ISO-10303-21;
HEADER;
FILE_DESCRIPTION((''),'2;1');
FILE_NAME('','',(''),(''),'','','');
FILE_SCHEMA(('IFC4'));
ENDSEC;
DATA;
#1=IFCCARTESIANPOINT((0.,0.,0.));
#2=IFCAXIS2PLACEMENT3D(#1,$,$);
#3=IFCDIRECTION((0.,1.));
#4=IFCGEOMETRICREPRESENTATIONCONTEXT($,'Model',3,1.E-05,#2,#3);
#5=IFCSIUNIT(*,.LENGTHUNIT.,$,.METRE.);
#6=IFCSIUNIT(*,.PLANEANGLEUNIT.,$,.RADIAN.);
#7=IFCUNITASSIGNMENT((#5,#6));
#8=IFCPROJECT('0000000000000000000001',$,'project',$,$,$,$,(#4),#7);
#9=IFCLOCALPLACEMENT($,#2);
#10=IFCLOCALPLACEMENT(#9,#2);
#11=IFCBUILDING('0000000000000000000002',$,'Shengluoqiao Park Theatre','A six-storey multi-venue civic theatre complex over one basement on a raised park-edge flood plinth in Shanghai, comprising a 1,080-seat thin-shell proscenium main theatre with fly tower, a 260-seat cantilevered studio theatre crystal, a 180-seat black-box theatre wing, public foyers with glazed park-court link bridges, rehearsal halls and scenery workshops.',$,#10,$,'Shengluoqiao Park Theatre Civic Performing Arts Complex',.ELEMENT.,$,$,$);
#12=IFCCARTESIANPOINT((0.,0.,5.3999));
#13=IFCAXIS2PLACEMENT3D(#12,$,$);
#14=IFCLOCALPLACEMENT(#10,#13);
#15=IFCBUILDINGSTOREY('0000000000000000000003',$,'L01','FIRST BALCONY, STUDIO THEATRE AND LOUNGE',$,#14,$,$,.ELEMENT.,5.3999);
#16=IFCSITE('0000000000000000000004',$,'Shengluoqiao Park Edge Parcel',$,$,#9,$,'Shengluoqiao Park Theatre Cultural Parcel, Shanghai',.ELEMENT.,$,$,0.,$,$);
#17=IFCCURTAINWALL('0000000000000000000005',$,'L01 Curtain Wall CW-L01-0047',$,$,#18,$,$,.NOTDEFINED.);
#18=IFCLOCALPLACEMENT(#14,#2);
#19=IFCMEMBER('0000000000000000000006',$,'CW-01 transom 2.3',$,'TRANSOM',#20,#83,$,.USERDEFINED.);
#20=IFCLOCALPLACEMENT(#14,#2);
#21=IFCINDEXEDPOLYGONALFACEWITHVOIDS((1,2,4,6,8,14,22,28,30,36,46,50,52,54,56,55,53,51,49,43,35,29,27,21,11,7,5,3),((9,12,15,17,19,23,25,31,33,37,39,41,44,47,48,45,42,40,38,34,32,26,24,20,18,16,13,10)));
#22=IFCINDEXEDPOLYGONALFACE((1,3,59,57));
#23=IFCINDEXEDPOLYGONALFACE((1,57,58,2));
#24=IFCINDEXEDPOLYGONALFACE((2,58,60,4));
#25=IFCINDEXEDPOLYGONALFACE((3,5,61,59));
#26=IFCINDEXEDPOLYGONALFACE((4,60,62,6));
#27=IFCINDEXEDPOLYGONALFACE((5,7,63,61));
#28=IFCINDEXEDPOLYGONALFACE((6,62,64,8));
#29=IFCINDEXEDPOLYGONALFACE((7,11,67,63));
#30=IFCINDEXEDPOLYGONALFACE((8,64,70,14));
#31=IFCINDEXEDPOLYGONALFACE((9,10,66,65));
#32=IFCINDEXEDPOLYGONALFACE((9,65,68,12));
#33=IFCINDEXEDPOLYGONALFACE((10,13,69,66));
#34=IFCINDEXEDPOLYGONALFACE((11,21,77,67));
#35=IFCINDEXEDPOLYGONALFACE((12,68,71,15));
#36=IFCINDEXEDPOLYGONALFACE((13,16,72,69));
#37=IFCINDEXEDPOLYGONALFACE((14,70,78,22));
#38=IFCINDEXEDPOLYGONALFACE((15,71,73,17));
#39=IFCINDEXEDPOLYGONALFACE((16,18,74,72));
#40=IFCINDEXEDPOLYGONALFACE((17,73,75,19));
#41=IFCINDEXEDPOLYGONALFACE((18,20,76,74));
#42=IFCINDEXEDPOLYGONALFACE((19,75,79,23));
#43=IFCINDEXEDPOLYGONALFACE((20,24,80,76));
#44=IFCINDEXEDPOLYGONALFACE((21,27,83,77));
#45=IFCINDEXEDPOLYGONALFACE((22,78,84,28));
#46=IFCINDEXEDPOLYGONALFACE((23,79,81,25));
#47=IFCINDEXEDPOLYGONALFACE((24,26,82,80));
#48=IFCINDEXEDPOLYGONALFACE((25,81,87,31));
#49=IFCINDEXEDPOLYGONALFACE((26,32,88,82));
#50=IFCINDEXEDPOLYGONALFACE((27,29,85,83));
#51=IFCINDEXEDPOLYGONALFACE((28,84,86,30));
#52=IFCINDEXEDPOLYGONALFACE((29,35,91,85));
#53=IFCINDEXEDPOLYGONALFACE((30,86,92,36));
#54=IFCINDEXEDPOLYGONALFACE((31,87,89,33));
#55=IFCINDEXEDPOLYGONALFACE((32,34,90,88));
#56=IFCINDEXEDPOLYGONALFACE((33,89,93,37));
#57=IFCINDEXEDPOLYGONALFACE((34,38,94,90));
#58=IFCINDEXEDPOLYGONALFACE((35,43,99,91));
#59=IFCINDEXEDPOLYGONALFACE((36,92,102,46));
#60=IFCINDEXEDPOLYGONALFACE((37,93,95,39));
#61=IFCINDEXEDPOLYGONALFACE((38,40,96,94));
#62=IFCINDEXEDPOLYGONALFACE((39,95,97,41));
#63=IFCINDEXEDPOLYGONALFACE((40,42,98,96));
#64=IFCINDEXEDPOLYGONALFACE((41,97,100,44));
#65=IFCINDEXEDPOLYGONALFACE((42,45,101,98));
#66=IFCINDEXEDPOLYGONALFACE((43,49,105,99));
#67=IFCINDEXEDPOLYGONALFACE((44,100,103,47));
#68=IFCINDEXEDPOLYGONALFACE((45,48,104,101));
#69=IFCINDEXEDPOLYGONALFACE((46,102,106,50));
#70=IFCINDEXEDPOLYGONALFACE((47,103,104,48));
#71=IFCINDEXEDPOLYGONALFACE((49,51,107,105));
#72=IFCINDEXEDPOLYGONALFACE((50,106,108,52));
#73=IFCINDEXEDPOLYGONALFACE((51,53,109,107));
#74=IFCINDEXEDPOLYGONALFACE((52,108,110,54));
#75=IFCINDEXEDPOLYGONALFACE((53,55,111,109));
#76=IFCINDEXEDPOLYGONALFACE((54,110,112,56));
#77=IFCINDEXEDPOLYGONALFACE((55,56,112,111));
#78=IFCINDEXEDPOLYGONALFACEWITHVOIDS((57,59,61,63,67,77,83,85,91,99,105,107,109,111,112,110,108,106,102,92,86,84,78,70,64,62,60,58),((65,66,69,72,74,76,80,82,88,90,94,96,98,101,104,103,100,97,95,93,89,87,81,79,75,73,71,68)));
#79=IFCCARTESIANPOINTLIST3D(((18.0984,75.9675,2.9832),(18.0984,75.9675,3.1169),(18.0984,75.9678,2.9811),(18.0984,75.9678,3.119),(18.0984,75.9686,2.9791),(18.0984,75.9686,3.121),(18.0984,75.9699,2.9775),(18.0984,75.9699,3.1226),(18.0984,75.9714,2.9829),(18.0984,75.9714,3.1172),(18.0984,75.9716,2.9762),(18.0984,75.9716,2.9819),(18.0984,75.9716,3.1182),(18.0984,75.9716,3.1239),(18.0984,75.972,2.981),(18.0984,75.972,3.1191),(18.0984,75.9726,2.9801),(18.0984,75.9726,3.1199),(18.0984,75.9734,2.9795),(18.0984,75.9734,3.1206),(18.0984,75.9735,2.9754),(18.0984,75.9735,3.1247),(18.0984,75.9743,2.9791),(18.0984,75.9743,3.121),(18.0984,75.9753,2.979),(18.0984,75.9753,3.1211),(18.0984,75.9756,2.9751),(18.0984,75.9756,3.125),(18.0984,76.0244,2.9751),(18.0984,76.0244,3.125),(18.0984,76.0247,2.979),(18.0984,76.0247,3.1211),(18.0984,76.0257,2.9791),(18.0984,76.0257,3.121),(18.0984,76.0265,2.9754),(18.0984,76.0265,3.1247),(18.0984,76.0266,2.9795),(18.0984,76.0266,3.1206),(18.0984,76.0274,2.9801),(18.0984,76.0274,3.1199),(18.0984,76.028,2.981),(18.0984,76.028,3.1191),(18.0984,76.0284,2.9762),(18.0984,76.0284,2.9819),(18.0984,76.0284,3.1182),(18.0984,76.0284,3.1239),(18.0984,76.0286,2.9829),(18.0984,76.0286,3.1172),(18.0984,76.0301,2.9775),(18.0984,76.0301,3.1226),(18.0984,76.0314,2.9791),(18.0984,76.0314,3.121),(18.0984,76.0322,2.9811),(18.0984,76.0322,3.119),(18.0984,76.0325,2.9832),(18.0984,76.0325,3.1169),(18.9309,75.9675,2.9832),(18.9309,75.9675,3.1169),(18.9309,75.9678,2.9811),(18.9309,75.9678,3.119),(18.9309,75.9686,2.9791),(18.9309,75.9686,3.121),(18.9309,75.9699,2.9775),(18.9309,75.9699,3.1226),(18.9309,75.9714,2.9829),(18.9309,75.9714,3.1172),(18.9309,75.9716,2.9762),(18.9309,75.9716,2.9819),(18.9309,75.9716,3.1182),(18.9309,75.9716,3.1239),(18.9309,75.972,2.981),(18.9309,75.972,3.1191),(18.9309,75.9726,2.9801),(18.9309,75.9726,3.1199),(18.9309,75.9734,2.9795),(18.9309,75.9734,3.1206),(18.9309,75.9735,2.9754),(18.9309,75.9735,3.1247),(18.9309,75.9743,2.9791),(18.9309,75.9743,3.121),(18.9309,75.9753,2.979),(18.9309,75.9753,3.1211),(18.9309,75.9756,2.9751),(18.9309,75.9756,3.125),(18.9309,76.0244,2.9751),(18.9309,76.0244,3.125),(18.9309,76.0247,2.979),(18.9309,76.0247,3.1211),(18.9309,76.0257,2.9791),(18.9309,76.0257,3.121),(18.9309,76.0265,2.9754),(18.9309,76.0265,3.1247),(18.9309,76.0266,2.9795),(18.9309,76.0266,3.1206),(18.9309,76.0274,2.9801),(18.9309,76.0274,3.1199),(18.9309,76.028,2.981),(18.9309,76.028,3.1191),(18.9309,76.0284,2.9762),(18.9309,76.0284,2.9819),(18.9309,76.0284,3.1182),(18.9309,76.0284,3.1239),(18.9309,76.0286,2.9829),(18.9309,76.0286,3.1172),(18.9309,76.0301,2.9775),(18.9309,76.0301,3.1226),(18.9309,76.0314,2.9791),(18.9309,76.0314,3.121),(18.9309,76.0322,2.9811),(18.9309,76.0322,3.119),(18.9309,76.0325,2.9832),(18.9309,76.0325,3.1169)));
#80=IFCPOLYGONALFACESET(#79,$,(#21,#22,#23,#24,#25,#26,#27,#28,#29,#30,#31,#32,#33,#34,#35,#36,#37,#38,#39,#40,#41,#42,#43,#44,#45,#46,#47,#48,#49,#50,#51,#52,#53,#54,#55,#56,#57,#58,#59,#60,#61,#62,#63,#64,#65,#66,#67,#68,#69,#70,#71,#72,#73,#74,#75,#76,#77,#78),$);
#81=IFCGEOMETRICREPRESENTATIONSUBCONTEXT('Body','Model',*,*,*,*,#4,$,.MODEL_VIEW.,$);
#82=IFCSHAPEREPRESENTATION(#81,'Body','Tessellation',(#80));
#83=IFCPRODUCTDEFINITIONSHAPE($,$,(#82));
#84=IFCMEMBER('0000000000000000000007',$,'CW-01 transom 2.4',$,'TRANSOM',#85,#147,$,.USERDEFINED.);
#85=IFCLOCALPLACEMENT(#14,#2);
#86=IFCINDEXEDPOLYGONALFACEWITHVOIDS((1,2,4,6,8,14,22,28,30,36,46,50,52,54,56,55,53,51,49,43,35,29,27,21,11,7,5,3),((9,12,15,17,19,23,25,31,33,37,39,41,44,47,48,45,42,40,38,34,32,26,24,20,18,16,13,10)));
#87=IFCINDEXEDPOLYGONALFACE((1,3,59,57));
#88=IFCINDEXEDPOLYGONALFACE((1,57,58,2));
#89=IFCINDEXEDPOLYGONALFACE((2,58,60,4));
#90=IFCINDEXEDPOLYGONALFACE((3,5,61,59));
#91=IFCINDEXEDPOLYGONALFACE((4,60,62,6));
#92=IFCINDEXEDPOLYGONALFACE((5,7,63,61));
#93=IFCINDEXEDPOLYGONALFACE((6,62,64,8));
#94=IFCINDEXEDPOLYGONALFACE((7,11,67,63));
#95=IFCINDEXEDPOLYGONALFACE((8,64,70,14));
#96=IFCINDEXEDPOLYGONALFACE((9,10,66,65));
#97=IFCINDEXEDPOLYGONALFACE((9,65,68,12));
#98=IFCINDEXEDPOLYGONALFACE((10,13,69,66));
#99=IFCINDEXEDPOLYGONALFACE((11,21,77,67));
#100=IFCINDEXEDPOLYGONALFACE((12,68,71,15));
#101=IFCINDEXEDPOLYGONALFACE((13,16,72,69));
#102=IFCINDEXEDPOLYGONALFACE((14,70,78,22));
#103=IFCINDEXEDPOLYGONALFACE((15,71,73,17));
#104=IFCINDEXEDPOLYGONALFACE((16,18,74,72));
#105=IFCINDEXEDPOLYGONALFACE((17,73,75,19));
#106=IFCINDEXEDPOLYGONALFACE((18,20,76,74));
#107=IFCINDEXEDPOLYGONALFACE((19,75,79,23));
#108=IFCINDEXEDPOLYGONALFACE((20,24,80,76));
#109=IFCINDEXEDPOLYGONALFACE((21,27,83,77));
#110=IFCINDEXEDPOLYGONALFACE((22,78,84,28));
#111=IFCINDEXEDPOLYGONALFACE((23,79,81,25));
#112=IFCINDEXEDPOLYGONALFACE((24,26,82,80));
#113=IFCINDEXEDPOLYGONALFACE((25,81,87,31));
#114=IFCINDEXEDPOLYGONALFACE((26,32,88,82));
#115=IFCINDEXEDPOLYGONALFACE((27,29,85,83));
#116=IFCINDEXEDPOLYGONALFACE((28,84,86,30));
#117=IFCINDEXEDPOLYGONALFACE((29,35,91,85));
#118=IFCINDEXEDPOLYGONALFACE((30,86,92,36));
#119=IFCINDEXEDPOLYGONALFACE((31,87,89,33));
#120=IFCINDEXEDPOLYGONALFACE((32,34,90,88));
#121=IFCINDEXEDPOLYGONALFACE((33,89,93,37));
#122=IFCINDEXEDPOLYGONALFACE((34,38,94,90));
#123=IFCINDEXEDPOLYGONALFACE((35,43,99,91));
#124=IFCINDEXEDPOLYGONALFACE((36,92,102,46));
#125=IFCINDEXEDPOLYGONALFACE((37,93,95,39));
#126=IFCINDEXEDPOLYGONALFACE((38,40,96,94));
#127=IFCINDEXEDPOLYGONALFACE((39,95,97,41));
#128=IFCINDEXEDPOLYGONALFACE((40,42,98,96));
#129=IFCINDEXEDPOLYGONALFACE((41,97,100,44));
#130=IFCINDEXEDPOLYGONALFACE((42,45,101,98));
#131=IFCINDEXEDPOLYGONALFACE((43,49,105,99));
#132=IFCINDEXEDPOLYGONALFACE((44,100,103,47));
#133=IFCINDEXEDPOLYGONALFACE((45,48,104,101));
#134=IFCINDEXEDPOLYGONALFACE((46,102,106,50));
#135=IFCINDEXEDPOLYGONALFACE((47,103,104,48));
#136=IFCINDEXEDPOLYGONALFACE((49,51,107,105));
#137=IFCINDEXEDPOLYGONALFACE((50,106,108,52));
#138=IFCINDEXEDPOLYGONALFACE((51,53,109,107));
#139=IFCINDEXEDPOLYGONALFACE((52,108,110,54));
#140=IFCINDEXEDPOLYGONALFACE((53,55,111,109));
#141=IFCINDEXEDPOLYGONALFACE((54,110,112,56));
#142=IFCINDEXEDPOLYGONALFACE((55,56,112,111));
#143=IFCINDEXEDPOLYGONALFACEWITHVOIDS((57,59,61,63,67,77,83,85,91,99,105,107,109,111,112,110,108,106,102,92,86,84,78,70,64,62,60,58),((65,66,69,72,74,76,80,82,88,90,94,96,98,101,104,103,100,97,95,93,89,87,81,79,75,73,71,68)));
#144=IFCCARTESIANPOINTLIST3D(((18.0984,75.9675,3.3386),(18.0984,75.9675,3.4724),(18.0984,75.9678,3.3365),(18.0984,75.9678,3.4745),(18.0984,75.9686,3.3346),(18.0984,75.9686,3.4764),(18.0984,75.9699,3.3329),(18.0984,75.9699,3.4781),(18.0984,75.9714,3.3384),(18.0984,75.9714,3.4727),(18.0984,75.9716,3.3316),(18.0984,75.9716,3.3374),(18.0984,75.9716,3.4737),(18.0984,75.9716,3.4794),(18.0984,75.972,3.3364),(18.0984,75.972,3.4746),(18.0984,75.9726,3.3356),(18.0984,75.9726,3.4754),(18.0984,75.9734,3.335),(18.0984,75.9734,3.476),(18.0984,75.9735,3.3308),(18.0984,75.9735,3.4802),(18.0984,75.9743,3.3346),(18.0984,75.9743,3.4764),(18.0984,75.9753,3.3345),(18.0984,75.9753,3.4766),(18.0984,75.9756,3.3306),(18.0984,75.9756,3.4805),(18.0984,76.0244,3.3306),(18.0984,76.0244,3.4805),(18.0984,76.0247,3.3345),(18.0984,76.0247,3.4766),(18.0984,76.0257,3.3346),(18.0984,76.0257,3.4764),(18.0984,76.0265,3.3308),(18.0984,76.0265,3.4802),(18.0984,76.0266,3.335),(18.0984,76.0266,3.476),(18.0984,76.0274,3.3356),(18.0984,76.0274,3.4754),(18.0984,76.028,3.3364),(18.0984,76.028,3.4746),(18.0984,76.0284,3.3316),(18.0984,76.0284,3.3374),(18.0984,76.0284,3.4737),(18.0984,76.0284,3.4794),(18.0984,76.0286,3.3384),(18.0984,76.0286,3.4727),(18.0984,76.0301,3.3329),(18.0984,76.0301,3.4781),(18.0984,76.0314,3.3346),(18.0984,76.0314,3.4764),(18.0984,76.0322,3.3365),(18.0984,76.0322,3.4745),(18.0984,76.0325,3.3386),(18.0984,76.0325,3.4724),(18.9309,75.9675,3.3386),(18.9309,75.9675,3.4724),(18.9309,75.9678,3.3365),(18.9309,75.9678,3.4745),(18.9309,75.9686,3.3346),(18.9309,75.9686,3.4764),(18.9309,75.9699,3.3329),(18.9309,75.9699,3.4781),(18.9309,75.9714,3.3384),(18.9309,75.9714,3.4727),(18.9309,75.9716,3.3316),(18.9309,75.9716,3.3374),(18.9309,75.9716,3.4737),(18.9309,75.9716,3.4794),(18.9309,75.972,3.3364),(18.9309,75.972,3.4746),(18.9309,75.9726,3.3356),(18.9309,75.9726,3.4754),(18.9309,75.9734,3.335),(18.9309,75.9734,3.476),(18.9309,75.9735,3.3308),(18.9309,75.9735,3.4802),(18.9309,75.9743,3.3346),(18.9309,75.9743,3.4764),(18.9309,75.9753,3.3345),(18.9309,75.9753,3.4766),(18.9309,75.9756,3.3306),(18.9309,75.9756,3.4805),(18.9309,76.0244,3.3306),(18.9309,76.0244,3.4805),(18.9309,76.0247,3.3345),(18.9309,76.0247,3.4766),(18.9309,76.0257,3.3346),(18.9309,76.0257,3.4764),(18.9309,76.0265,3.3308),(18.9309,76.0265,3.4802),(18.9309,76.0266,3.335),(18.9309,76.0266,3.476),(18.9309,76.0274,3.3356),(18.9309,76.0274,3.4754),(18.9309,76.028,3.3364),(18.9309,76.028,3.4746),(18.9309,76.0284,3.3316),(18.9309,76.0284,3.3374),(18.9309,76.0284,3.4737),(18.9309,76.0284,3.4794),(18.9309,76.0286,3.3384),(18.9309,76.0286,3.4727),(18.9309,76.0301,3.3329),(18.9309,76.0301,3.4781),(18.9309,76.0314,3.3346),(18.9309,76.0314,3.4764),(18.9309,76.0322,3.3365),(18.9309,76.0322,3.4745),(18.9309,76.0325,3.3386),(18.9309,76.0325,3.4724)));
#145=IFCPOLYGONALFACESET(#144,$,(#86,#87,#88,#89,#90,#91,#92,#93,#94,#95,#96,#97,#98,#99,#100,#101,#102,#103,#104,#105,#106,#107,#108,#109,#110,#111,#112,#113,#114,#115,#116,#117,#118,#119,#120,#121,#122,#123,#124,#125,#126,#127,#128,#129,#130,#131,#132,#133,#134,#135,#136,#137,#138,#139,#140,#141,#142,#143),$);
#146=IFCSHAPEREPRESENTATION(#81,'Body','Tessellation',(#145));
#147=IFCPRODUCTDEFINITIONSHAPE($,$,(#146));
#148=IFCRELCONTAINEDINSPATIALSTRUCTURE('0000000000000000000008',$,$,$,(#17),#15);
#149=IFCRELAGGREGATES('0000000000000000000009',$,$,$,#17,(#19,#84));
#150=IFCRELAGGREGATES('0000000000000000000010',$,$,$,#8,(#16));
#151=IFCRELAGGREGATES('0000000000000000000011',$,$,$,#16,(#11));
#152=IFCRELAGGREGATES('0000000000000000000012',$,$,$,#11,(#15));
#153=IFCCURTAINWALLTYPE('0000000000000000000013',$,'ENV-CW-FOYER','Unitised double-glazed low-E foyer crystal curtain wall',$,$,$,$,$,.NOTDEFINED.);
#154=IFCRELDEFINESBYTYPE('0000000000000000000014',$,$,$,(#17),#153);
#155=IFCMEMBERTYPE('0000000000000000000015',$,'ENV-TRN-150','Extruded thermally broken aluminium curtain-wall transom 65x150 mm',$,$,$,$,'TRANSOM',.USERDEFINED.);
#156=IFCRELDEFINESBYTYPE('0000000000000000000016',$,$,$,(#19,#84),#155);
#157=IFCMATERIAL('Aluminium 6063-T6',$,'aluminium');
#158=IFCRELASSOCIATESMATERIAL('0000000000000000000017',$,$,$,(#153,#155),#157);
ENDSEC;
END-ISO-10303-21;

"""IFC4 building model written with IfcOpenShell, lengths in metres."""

from ifc_helpers import new_model, si_unit, direction, frame, origin, origin_2d, place, context, subcontext, project, spatial, hollow_rectangle, extrude, material, material_profile, profile_set, type_object, element, aggregate, save


model = new_model("IFC4")

# Units and contexts
model_context = context("Model", 3, precision=1e-05, world=origin(), true_north=direction((0.0, 1.0)))
body_context = subcontext(model_context, "Body", "Model", "MODEL_VIEW")
ifc_project = project(units=[si_unit("LENGTHUNIT", "METRE"), si_unit("PLANEANGLEUNIT", "RADIAN")], contexts=[model_context])

# Site, building, storey
site_placement = place(None, origin())
site = spatial("IfcSite", under=ifc_project, at=site_placement, Name="Shengluoqiao Park Edge Parcel", LongName="Shengluoqiao Park Theatre Cultural Parcel, Shanghai", CompositionType="ELEMENT", RefElevation=0.0)
building_placement = place(site_placement, origin())
building = spatial("IfcBuilding", under=site, at=building_placement, Name="Shengluoqiao Park Theatre", Description="A six-storey multi-venue civic theatre complex over one basement on a raised park-edge flood plinth in Shanghai, comprising a 1,080-seat thin-shell proscenium main theatre with fly tower, a 260-seat cantilevered studio theatre crystal, a 180-seat black-box theatre wing, public foyers with glazed park-court link bridges, rehearsal halls and scenery workshops.", LongName="Shengluoqiao Park Theatre Civic Performing Arts Complex", CompositionType="ELEMENT")
storey_placement = place(building_placement, frame((0.0, 0.0, 5.3999)))
storey = spatial("IfcBuildingStorey", under=building, at=storey_placement, Name="L01", Description="FIRST BALCONY, STUDIO THEATRE AND LOUNGE", CompositionType="ELEMENT", Elevation=5.3999)

# Shared definitions
ifc_material_1 = material(Name="Aluminium 6063-T6", Category="aluminium")
curtain_wall_type = type_object("IfcCurtainWallType", Name="ENV-CW-FOYER", Description="Unitised double-glazed low-E foyer crystal curtain wall", PredefinedType="NOTDEFINED", material=ifc_material_1)

# Curtain wall
curtain_wall_1_placement = place(storey_placement, origin())
curtain_wall_1 = element("IfcCurtainWall", 1, at=curtain_wall_1_placement, inside=storey, type_object=curtain_wall_type, Name="L01 Curtain Wall CW-L01-0047", PredefinedType="NOTDEFINED")

# Members
ifc_material_profile_1 = material_profile(ifc_material_1, hollow_rectangle(XDim=0.0649, YDim=0.1499, WallThickness=0.0039, InnerFilletRadius=0.0039, OuterFilletRadius=0.0081, at=origin_2d()), Name="ALU TRANSOM 150x65x4")
ifc_profile_set_1 = profile_set([ifc_material_profile_1], Name="Aluminium 6063-T6")
member_type_1 = type_object("IfcMemberType", Name="ENV-TRN-150", Description="Extruded thermally broken aluminium curtain-wall transom 65x150 mm", ElementType="TRANSOM", PredefinedType="USERDEFINED", material=ifc_profile_set_1)
member_1_placement = place(storey_placement, frame((18.0984, 76.0, 3.05), z_axis=(1.0, 0.0, 0.0), x_axis=(0.0, 1.0, 0.0)))
member_1 = element("IfcMember", 2, at=member_1_placement, type_object=member_type_1, Name="CW-01 transom 2.3", ObjectType="TRANSOM", PredefinedType="USERDEFINED", context=body_context, shape_type="SweptSolid", body=[
    extrude(hollow_rectangle(XDim=0.0649, YDim=0.1499, WallThickness=0.0039, InnerFilletRadius=0.0039, OuterFilletRadius=0.0081, at=origin_2d()), origin(), (0.0, 0.0, 1.0), 0.8325),
])
member_2_placement = place(storey_placement, frame((18.0984, 76.0, 3.4055), z_axis=(1.0, 0.0, 0.0), x_axis=(0.0, 1.0, 0.0)))
member_2 = element("IfcMember", 3, at=member_2_placement, type_object=member_type_1, Name="CW-01 transom 2.4", ObjectType="TRANSOM", PredefinedType="USERDEFINED", context=body_context, shape_type="SweptSolid", body=[
    extrude(hollow_rectangle(XDim=0.0649, YDim=0.1499, WallThickness=0.0039, InnerFilletRadius=0.0039, OuterFilletRadius=0.0081, at=origin_2d()), origin(), (0.0, 0.0, 1.0), 0.8325),
])

aggregate(curtain_wall_1, [member_1, member_2])

save(model, "model.ifc")
